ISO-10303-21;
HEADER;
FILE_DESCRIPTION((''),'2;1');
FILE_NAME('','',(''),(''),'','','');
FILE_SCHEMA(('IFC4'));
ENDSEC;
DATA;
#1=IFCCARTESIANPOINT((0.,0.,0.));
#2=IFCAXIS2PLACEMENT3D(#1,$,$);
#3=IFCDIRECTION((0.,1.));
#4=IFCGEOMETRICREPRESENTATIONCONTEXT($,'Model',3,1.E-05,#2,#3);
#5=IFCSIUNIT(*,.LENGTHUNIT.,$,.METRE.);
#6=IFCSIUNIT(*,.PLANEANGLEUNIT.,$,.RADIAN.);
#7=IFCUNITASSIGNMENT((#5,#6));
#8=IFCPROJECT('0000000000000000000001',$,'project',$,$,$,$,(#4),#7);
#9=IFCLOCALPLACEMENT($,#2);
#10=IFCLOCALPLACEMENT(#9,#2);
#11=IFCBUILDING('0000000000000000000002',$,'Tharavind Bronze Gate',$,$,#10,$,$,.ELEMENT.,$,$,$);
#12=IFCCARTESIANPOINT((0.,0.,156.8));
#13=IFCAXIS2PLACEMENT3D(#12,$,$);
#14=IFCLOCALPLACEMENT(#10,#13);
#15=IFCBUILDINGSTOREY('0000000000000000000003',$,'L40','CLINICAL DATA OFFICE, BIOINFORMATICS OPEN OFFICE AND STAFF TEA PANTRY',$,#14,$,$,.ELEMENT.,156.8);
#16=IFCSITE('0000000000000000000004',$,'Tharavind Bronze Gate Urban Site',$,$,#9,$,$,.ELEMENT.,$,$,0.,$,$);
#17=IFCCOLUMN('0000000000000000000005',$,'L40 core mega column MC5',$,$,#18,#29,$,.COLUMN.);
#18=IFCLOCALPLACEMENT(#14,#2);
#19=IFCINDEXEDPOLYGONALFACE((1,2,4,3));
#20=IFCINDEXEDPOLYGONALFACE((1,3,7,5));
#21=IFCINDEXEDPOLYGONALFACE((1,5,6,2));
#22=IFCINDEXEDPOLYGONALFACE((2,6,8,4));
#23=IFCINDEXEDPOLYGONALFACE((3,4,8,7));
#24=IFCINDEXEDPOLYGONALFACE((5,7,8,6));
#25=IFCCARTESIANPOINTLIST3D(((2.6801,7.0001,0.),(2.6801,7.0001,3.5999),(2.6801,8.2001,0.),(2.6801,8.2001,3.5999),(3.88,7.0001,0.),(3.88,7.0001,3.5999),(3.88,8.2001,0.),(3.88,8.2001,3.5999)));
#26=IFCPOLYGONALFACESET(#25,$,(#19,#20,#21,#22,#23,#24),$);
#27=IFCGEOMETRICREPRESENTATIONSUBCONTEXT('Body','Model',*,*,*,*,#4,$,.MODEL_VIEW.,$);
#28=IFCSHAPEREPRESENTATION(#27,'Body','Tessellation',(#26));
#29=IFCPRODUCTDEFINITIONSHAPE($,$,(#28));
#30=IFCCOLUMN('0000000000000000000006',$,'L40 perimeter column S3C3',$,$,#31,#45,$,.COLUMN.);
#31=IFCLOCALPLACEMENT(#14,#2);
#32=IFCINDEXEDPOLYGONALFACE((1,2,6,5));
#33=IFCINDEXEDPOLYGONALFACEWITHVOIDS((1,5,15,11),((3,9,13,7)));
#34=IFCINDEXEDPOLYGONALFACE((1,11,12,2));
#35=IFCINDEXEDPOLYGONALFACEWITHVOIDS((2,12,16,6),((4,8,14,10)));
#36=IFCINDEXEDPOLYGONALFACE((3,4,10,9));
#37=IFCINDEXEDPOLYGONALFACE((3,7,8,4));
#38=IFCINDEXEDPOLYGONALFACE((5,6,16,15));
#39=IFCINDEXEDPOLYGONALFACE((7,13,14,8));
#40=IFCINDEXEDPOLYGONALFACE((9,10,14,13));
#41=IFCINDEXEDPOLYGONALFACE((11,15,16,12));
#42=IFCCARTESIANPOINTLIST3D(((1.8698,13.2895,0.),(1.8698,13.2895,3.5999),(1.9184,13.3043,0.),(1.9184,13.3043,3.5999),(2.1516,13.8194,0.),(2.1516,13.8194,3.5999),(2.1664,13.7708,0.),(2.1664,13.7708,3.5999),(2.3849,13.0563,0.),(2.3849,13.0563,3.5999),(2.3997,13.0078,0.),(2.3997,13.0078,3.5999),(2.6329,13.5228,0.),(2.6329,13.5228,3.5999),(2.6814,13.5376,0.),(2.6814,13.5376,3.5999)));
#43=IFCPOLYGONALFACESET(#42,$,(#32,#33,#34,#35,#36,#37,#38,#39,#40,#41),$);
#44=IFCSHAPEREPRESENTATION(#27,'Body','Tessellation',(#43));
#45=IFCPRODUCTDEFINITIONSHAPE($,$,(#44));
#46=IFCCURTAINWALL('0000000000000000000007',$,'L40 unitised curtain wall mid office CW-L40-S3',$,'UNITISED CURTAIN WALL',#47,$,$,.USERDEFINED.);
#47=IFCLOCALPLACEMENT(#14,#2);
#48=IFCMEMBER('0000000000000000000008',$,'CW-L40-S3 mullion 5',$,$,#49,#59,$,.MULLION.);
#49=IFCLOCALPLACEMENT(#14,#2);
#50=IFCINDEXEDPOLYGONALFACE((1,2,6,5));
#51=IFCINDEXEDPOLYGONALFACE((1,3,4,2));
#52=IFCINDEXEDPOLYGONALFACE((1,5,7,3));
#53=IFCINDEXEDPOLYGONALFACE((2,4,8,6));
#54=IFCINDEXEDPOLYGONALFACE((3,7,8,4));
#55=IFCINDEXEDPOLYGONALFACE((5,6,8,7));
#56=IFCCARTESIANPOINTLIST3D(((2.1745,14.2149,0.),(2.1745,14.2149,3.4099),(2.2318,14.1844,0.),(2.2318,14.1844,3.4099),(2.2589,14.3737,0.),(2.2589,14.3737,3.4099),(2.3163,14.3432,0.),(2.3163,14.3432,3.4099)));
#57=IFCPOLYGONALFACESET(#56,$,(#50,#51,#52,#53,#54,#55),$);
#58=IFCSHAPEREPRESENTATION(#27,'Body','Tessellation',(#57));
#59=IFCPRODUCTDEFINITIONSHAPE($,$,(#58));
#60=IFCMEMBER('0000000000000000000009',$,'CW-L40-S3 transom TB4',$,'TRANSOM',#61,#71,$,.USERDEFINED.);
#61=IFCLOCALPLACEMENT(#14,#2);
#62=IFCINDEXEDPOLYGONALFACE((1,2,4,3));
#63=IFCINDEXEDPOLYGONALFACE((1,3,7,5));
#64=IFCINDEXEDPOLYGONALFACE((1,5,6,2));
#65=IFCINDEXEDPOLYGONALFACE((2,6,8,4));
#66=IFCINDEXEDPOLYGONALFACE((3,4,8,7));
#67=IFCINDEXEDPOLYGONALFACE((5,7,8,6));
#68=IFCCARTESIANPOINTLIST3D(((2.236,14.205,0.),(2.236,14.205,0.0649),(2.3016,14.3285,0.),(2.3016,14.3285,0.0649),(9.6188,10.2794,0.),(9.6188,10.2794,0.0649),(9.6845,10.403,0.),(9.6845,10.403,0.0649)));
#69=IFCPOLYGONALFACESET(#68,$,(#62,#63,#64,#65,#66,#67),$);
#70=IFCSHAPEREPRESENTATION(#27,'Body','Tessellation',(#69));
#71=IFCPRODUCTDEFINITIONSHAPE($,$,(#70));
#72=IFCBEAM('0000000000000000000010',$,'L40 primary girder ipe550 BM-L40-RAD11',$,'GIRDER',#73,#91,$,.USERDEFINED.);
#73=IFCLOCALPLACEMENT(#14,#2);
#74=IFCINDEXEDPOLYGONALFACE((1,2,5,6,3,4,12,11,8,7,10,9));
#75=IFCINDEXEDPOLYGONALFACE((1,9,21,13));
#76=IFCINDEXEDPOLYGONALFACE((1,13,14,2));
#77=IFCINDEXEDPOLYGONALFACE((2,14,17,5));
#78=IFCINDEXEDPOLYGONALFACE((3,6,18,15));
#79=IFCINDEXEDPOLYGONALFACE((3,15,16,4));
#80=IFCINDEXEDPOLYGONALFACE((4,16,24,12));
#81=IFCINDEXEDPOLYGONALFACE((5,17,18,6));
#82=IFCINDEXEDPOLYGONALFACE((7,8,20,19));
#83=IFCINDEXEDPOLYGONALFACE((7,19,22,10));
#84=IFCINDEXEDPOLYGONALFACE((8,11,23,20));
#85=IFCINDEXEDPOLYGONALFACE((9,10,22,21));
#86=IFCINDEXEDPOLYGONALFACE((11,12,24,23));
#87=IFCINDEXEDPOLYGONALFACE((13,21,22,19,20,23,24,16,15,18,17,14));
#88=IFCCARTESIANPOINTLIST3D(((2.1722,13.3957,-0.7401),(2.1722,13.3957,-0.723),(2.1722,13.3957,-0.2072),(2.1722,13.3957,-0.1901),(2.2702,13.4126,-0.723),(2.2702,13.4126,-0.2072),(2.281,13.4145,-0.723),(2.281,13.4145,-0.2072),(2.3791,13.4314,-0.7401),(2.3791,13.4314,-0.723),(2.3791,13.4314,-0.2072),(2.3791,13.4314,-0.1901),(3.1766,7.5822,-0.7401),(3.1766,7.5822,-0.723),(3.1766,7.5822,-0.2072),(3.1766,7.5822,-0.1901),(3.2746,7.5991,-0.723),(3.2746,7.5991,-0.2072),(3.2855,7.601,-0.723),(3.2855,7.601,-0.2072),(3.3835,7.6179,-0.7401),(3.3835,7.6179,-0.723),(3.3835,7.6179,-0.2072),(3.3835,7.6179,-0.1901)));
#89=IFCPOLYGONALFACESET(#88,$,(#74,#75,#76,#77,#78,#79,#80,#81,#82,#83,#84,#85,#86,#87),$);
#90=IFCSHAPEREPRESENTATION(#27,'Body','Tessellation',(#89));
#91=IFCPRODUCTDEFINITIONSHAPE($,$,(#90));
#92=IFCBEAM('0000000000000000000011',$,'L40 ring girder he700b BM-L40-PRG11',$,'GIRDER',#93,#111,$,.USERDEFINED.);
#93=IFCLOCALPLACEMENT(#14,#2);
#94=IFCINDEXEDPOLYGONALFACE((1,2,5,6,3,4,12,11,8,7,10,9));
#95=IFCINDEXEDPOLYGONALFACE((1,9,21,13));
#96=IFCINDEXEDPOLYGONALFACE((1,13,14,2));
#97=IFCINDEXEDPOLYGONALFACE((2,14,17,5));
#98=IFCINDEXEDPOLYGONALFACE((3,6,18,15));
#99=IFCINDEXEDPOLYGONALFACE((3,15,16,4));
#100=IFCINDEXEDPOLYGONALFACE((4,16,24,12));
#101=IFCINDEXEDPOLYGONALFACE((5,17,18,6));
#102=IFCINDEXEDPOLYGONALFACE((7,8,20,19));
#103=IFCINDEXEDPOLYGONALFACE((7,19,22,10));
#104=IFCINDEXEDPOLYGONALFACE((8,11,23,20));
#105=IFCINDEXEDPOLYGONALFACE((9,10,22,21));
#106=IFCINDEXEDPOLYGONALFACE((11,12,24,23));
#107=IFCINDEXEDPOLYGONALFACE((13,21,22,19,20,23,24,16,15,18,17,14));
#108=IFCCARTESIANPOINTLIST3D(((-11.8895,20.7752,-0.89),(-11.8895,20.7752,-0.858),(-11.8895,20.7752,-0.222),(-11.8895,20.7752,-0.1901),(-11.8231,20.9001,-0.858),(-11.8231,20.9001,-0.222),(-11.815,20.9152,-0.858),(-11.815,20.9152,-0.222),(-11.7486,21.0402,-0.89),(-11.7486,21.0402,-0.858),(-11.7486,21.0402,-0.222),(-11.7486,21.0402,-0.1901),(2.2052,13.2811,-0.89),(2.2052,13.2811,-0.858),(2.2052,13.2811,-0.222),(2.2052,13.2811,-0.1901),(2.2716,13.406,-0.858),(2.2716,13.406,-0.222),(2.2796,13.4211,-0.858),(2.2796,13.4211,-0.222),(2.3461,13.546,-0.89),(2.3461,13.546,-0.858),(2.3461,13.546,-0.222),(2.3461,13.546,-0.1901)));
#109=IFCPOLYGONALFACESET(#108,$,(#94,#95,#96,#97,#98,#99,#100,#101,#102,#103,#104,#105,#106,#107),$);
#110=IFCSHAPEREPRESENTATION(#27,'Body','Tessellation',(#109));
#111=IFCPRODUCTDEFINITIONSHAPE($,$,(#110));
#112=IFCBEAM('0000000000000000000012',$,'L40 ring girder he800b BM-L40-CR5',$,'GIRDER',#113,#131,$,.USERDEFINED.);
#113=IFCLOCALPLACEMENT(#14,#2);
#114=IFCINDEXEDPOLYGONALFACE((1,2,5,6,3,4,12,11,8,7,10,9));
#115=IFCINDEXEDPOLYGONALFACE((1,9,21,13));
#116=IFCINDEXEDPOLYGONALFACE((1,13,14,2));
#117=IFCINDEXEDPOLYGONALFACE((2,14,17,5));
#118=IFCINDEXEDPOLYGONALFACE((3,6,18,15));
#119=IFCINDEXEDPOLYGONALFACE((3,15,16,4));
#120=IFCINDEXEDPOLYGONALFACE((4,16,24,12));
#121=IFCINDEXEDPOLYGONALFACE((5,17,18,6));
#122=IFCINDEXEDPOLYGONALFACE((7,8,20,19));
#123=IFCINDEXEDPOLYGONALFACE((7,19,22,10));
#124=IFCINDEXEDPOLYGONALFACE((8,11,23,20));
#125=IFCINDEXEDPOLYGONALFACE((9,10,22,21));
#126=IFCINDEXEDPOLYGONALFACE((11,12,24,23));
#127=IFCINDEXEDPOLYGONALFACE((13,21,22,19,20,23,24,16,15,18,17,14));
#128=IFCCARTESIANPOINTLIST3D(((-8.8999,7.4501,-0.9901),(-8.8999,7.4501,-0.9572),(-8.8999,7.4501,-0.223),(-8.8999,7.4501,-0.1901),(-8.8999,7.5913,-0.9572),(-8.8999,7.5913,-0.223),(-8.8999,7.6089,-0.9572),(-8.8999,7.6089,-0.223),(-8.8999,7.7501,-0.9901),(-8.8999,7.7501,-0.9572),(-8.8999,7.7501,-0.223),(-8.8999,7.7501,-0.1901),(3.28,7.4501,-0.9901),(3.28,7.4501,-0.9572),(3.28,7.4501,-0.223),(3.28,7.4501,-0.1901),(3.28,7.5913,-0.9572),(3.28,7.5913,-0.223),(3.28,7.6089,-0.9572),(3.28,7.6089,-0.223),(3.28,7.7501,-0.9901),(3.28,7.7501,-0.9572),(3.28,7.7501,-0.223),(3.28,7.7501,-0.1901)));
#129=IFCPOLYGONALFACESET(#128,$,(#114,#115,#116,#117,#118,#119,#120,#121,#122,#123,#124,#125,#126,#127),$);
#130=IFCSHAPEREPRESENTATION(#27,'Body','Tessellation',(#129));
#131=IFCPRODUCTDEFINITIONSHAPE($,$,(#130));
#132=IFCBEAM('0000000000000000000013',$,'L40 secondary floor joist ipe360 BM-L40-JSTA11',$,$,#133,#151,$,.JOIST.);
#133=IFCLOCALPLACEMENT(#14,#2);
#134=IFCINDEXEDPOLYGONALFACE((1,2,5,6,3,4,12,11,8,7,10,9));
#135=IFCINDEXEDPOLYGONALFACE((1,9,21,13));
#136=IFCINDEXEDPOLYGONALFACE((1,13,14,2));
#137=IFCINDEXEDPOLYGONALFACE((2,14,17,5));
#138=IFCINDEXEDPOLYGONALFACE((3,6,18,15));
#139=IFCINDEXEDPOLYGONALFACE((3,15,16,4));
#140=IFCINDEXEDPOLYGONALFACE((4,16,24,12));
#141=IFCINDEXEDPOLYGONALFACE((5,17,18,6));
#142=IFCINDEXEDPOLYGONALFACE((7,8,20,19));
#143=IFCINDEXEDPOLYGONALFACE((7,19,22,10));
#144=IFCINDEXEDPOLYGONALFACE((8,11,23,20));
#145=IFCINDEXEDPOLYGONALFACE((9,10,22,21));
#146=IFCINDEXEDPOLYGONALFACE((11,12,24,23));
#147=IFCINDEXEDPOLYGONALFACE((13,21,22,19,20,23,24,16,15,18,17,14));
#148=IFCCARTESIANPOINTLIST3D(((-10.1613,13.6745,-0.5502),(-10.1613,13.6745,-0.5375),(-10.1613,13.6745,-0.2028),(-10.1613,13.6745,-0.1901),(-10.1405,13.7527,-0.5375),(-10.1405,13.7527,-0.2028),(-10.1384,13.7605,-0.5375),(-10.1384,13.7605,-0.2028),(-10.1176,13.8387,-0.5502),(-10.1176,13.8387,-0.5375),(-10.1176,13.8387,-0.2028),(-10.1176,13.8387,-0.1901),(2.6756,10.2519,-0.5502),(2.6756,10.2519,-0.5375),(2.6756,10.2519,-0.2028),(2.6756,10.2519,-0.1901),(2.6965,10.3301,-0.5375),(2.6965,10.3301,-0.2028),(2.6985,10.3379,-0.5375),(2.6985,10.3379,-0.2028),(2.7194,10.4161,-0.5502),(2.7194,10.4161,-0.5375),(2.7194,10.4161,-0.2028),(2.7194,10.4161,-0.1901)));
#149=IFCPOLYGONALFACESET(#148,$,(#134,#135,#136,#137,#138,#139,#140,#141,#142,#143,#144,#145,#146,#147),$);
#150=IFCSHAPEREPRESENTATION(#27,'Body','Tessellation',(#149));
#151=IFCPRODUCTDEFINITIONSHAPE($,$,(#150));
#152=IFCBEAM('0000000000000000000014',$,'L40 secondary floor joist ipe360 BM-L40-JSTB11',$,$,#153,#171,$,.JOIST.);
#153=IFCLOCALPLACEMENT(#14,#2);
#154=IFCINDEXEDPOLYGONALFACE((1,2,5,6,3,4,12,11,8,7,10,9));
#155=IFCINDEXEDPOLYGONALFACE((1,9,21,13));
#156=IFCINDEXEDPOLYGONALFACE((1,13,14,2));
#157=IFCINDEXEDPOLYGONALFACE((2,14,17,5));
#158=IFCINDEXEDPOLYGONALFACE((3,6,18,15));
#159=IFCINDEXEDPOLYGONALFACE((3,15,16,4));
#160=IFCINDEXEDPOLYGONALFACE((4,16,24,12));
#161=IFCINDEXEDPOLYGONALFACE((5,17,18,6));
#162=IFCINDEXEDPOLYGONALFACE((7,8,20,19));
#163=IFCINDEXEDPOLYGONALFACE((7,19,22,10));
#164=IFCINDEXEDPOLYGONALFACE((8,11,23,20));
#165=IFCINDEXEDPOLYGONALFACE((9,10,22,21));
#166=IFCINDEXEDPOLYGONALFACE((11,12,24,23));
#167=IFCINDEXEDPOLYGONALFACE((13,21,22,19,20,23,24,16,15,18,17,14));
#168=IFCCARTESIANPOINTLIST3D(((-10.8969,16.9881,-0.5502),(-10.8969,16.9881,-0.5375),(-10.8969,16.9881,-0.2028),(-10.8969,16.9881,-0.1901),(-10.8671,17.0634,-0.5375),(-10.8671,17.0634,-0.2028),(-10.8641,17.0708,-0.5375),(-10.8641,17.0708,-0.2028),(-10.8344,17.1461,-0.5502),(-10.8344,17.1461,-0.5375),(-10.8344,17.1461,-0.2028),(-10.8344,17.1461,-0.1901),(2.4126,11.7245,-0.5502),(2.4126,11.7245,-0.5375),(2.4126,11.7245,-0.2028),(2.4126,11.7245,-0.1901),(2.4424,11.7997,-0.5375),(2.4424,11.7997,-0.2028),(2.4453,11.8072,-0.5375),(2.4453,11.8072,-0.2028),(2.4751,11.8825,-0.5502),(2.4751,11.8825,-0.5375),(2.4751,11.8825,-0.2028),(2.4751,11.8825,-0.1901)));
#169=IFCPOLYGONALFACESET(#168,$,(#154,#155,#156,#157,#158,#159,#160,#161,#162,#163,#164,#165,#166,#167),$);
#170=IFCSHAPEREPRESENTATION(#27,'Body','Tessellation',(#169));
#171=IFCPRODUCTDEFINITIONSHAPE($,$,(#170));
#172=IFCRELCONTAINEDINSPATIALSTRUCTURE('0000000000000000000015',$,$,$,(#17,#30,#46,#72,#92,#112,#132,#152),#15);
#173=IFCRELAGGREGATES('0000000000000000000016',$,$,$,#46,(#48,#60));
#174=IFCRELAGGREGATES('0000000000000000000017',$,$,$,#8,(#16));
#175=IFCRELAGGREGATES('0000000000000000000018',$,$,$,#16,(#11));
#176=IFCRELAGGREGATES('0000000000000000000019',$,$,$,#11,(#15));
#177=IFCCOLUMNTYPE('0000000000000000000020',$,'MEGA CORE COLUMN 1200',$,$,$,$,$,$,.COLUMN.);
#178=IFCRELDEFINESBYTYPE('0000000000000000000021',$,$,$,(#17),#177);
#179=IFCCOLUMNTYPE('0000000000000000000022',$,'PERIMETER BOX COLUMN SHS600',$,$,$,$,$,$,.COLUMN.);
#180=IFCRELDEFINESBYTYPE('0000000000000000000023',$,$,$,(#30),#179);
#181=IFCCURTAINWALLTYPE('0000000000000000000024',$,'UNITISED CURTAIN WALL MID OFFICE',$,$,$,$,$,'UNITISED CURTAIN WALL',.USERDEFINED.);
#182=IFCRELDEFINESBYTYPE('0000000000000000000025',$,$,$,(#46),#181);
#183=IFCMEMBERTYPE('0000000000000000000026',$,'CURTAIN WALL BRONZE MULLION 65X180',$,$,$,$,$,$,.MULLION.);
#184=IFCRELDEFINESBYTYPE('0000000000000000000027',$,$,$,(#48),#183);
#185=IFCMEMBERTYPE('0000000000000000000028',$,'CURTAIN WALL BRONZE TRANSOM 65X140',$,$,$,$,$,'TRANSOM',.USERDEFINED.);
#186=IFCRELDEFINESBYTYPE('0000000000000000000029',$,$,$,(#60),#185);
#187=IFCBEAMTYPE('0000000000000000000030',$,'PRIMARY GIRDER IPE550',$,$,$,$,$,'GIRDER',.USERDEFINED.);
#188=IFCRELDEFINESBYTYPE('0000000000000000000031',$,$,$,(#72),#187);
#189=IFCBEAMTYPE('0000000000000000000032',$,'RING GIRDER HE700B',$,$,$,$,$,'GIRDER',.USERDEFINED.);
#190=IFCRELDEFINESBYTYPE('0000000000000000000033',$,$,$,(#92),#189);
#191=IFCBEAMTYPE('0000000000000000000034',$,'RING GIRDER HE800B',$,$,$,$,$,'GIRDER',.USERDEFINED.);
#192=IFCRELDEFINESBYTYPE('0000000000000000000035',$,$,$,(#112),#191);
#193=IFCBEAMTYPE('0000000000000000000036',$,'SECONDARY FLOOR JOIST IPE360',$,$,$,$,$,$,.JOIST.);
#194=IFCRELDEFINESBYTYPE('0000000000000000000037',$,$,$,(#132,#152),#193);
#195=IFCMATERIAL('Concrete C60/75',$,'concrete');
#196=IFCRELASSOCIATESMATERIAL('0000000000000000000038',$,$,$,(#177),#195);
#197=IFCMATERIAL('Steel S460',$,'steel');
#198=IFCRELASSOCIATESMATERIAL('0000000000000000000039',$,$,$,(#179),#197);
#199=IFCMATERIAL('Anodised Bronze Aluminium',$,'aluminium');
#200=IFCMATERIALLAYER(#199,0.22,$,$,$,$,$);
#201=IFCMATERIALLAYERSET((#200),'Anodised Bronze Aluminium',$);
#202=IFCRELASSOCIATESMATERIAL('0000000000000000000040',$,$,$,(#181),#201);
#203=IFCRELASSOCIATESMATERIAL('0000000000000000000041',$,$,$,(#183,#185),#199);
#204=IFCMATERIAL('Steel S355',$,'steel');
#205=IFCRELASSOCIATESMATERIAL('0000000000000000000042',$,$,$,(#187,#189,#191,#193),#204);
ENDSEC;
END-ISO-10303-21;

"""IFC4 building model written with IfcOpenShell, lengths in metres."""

from ifc_helpers import new_model, si_unit, direction, frame, origin, origin_2d, place, context, subcontext, project, spatial, rectangle, hollow_rectangle, i_section, extrude, material, layer, layer_set, material_profile, profile_set, type_object, element, aggregate, save


model = new_model("IFC4")

# Units and contexts
model_context = context("Model", 3, precision=1e-05, world=origin(), true_north=direction((0.0, 1.0)))
body_context = subcontext(model_context, "Body", "Model", "MODEL_VIEW")
ifc_project = project(units=[si_unit("LENGTHUNIT", "METRE"), si_unit("PLANEANGLEUNIT", "RADIAN")], contexts=[model_context])

# Site, building, storey
site_placement = place(None, origin())
site = spatial("IfcSite", under=ifc_project, at=site_placement, Name="Tharavind Bronze Gate Urban Site", CompositionType="ELEMENT", RefElevation=0.0)
building_placement = place(site_placement, origin())
building = spatial("IfcBuilding", under=site, at=building_placement, Name="Tharavind Bronze Gate", CompositionType="ELEMENT")
storey_placement = place(building_placement, frame((0.0, 0.0, 156.8)))
storey = spatial("IfcBuildingStorey", under=building, at=storey_placement, Name="L40", Description="CLINICAL DATA OFFICE, BIOINFORMATICS OPEN OFFICE AND STAFF TEA PANTRY", CompositionType="ELEMENT", Elevation=156.8)

# Columns
ifc_material_1 = material(Name="Concrete C60/75", Category="concrete")
ifc_material_profile_1 = material_profile(ifc_material_1, rectangle(XDim=1.2, YDim=1.2, at=origin_2d()), Name="RCCOL1200")
ifc_profile_set_1 = profile_set([ifc_material_profile_1], Name="Concrete C60/75")
column_type_1 = type_object("IfcColumnType", Name="MEGA CORE COLUMN 1200", PredefinedType="COLUMN", material=ifc_profile_set_1)
column_1_placement = place(storey_placement, frame((3.28, 7.6001, 0.0), z_axis=(0.0, 0.0, 1.0), x_axis=(1.0, 0.0, 0.0)))
element("IfcColumn", 1, at=column_1_placement, inside=storey, type_object=column_type_1, Name="L40 core mega column MC5", PredefinedType="COLUMN", context=body_context, shape_type="SweptSolid", body=[
    extrude(rectangle(XDim=1.2, YDim=1.2, at=origin_2d()), origin(), (0.0, 0.0, 1.0), 3.5999),
])
ifc_material_2 = material(Name="Steel S460", Category="steel")
ifc_material_profile_2 = material_profile(ifc_material_2, hollow_rectangle(XDim=0.6001, YDim=0.6001, WallThickness=0.0359, at=origin_2d()), Name="SHS600X36")
ifc_profile_set_2 = profile_set([ifc_material_profile_2], Name="Steel S460")
column_type_2 = type_object("IfcColumnType", Name="PERIMETER BOX COLUMN SHS600", PredefinedType="COLUMN", material=ifc_profile_set_2)
column_2_placement = place(storey_placement, frame((2.2756, 13.4136, 0.0), z_axis=(0.0, 0.0, 1.0), x_axis=(-0.882948, 0.46947, 0.0)))
element("IfcColumn", 2, at=column_2_placement, inside=storey, type_object=column_type_2, Name="L40 perimeter column S3C3", PredefinedType="COLUMN", context=body_context, shape_type="SweptSolid", body=[
    extrude(hollow_rectangle(XDim=0.6001, YDim=0.6001, WallThickness=0.0359, at=origin_2d()), origin(), (0.0, 0.0, 1.0), 3.5999),
])

# Curtain wall, members
ifc_material_3 = material(Name="Anodised Bronze Aluminium", Category="aluminium")
ifc_layer_1 = layer(ifc_material_3, 0.22)
ifc_layer_set_1 = layer_set([ifc_layer_1], Name="Anodised Bronze Aluminium")
curtain_wall_type = type_object("IfcCurtainWallType", Name="UNITISED CURTAIN WALL MID OFFICE", ElementType="UNITISED CURTAIN WALL", PredefinedType="USERDEFINED", material=ifc_layer_set_1)
curtain_wall_placement = place(storey_placement, origin())
curtain_wall = element("IfcCurtainWall", 3, at=curtain_wall_placement, inside=storey, type_object=curtain_wall_type, Name="L40 unitised curtain wall mid office CW-L40-S3", ObjectType="UNITISED CURTAIN WALL", PredefinedType="USERDEFINED")
member_type_1 = type_object("IfcMemberType", Name="CURTAIN WALL BRONZE MULLION 65X180", PredefinedType="MULLION", material=ifc_material_3)
member_1_placement = place(storey_placement, frame((2.2454, 14.2791, 0.0), z_axis=(0.0, 0.0, 1.0), x_axis=(-0.882948, 0.469472, 0.0)))
member_1 = element("IfcMember", 4, at=member_1_placement, type_object=member_type_1, Name="CW-L40-S3 mullion 5", PredefinedType="MULLION", context=body_context, shape_type="SweptSolid", body=[
    extrude(rectangle(XDim=0.0649, YDim=0.1799, at=origin_2d()), origin(), (0.0, 0.0, 1.0), 3.4099),
])
member_type_2 = type_object("IfcMemberType", Name="CURTAIN WALL BRONZE TRANSOM 65X140", ElementType="TRANSOM", PredefinedType="USERDEFINED", material=ifc_material_3)
member_2_placement = place(storey_placement, frame((5.9602, 12.304, 0.0), z_axis=(0.0, 0.0, 1.0), x_axis=(-0.882948, 0.469472, 0.0)))
member_2 = element("IfcMember", 5, at=member_2_placement, type_object=member_type_2, Name="CW-L40-S3 transom TB4", ObjectType="TRANSOM", PredefinedType="USERDEFINED", context=body_context, shape_type="SweptSolid", body=[
    extrude(rectangle(XDim=8.3616, YDim=0.1399, at=origin_2d()), origin(), (0.0, 0.0, 1.0), 0.0649),
])
aggregate(curtain_wall, [member_1, member_2])

# Beams
ifc_material_4 = material(Name="Steel S355", Category="steel")
ifc_material_profile_3 = material_profile(ifc_material_4, i_section(OverallWidth=0.21, OverallDepth=0.55, WebThickness=0.011, FlangeThickness=0.0171, at=origin_2d()), Name="IPE550")
ifc_profile_set_3 = profile_set([ifc_material_profile_3], Name="Steel S355")
beam_type_1 = type_object("IfcBeamType", Name="PRIMARY GIRDER IPE550", ElementType="GIRDER", PredefinedType="USERDEFINED", material=ifc_profile_set_3)
beam_1_placement = place(storey_placement, frame((2.2756, 13.4136, -0.4651), z_axis=(0.170248, -0.985401, 0.0), x_axis=(0.985401, 0.170248, 0.0)))
element("IfcBeam", 6, at=beam_1_placement, inside=storey, type_object=beam_type_1, Name="L40 primary girder ipe550 BM-L40-RAD11", ObjectType="GIRDER", PredefinedType="USERDEFINED", context=body_context, shape_type="SweptSolid", body=[
    extrude(i_section(OverallWidth=0.21, OverallDepth=0.55, WebThickness=0.011, FlangeThickness=0.0171, at=origin_2d()), origin(), (0.0, 0.0, 1.0), 5.8997),
])
ifc_material_profile_4 = material_profile(ifc_material_4, i_section(OverallWidth=0.3, OverallDepth=0.7, WebThickness=0.0171, FlangeThickness=0.032, at=origin_2d()), Name="HE700B")
ifc_profile_set_4 = profile_set([ifc_material_profile_4], Name="Steel S355")
beam_type_2 = type_object("IfcBeamType", Name="RING GIRDER HE700B", ElementType="GIRDER", PredefinedType="USERDEFINED", material=ifc_profile_set_4)
beam_2_placement = place(storey_placement, frame((2.2756, 13.4136, -0.54), z_axis=(-0.882952, 0.469464, 0.0), x_axis=(-0.469464, -0.882952, 0.0)))
element("IfcBeam", 7, at=beam_2_placement, inside=storey, type_object=beam_type_2, Name="L40 ring girder he700b BM-L40-PRG11", ObjectType="GIRDER", PredefinedType="USERDEFINED", context=body_context, shape_type="SweptSolid", body=[
    extrude(i_section(OverallWidth=0.3, OverallDepth=0.7, WebThickness=0.0171, FlangeThickness=0.032, at=origin_2d()), origin(), (0.0, 0.0, 1.0), 15.9631),
])
ifc_material_profile_5 = material_profile(ifc_material_4, i_section(OverallWidth=0.3, OverallDepth=0.8, WebThickness=0.0176, FlangeThickness=0.033, at=origin_2d()), Name="HE800B")
ifc_profile_set_5 = profile_set([ifc_material_profile_5], Name="Steel S355")
beam_type_3 = type_object("IfcBeamType", Name="RING GIRDER HE800B", ElementType="GIRDER", PredefinedType="USERDEFINED", material=ifc_profile_set_5)
beam_3_placement = place(storey_placement, frame((3.28, 7.6001, -0.5901), z_axis=(-1.0, 0.0, 0.0), x_axis=(0.0, -1.0, 0.0)))
element("IfcBeam", 8, at=beam_3_placement, inside=storey, type_object=beam_type_3, Name="L40 ring girder he800b BM-L40-CR5", ObjectType="GIRDER", PredefinedType="USERDEFINED", context=body_context, shape_type="SweptSolid", body=[
    extrude(i_section(OverallWidth=0.3, OverallDepth=0.8, WebThickness=0.0176, FlangeThickness=0.033, at=origin_2d()), origin(), (0.0, 0.0, 1.0), 12.1799),
])
ifc_material_profile_6 = material_profile(ifc_material_4, i_section(OverallWidth=0.1699, OverallDepth=0.3601, WebThickness=0.0081, FlangeThickness=0.0127, at=origin_2d()), Name="IPE360")
ifc_profile_set_6 = profile_set([ifc_material_profile_6], Name="Steel S355")
beam_type_4 = type_object("IfcBeamType", Name="SECONDARY FLOOR JOIST IPE360", PredefinedType="JOIST", material=ifc_profile_set_6)
beam_4_placement = place(storey_placement, frame((2.6975, 10.334, -0.3701), z_axis=(-0.966246, 0.257623, 0.0), x_axis=(-0.257623, -0.966246, 0.0)))
element("IfcBeam", 9, at=beam_4_placement, inside=storey, type_object=beam_type_4, Name="L40 secondary floor joist ipe360 BM-L40-JSTA11", PredefinedType="JOIST", context=body_context, shape_type="SweptSolid", body=[
    extrude(i_section(OverallWidth=0.1699, OverallDepth=0.3601, WebThickness=0.0081, FlangeThickness=0.0127, at=origin_2d()), origin(), (0.0, 0.0, 1.0), 13.2854),
])
beam_5_placement = place(storey_placement, frame((2.4438, 11.8035, -0.3701), z_axis=(-0.929919, 0.367765, 0.0), x_axis=(-0.367765, -0.929919, 0.0)))
element("IfcBeam", 10, at=beam_5_placement, inside=storey, type_object=beam_type_4, Name="L40 secondary floor joist ipe360 BM-L40-JSTB11", PredefinedType="JOIST", context=body_context, shape_type="SweptSolid", body=[
    extrude(i_section(OverallWidth=0.1699, OverallDepth=0.3601, WebThickness=0.0081, FlangeThickness=0.0127, at=origin_2d()), origin(), (0.0, 0.0, 1.0), 14.3125),
])

save(model, "model.ifc")
